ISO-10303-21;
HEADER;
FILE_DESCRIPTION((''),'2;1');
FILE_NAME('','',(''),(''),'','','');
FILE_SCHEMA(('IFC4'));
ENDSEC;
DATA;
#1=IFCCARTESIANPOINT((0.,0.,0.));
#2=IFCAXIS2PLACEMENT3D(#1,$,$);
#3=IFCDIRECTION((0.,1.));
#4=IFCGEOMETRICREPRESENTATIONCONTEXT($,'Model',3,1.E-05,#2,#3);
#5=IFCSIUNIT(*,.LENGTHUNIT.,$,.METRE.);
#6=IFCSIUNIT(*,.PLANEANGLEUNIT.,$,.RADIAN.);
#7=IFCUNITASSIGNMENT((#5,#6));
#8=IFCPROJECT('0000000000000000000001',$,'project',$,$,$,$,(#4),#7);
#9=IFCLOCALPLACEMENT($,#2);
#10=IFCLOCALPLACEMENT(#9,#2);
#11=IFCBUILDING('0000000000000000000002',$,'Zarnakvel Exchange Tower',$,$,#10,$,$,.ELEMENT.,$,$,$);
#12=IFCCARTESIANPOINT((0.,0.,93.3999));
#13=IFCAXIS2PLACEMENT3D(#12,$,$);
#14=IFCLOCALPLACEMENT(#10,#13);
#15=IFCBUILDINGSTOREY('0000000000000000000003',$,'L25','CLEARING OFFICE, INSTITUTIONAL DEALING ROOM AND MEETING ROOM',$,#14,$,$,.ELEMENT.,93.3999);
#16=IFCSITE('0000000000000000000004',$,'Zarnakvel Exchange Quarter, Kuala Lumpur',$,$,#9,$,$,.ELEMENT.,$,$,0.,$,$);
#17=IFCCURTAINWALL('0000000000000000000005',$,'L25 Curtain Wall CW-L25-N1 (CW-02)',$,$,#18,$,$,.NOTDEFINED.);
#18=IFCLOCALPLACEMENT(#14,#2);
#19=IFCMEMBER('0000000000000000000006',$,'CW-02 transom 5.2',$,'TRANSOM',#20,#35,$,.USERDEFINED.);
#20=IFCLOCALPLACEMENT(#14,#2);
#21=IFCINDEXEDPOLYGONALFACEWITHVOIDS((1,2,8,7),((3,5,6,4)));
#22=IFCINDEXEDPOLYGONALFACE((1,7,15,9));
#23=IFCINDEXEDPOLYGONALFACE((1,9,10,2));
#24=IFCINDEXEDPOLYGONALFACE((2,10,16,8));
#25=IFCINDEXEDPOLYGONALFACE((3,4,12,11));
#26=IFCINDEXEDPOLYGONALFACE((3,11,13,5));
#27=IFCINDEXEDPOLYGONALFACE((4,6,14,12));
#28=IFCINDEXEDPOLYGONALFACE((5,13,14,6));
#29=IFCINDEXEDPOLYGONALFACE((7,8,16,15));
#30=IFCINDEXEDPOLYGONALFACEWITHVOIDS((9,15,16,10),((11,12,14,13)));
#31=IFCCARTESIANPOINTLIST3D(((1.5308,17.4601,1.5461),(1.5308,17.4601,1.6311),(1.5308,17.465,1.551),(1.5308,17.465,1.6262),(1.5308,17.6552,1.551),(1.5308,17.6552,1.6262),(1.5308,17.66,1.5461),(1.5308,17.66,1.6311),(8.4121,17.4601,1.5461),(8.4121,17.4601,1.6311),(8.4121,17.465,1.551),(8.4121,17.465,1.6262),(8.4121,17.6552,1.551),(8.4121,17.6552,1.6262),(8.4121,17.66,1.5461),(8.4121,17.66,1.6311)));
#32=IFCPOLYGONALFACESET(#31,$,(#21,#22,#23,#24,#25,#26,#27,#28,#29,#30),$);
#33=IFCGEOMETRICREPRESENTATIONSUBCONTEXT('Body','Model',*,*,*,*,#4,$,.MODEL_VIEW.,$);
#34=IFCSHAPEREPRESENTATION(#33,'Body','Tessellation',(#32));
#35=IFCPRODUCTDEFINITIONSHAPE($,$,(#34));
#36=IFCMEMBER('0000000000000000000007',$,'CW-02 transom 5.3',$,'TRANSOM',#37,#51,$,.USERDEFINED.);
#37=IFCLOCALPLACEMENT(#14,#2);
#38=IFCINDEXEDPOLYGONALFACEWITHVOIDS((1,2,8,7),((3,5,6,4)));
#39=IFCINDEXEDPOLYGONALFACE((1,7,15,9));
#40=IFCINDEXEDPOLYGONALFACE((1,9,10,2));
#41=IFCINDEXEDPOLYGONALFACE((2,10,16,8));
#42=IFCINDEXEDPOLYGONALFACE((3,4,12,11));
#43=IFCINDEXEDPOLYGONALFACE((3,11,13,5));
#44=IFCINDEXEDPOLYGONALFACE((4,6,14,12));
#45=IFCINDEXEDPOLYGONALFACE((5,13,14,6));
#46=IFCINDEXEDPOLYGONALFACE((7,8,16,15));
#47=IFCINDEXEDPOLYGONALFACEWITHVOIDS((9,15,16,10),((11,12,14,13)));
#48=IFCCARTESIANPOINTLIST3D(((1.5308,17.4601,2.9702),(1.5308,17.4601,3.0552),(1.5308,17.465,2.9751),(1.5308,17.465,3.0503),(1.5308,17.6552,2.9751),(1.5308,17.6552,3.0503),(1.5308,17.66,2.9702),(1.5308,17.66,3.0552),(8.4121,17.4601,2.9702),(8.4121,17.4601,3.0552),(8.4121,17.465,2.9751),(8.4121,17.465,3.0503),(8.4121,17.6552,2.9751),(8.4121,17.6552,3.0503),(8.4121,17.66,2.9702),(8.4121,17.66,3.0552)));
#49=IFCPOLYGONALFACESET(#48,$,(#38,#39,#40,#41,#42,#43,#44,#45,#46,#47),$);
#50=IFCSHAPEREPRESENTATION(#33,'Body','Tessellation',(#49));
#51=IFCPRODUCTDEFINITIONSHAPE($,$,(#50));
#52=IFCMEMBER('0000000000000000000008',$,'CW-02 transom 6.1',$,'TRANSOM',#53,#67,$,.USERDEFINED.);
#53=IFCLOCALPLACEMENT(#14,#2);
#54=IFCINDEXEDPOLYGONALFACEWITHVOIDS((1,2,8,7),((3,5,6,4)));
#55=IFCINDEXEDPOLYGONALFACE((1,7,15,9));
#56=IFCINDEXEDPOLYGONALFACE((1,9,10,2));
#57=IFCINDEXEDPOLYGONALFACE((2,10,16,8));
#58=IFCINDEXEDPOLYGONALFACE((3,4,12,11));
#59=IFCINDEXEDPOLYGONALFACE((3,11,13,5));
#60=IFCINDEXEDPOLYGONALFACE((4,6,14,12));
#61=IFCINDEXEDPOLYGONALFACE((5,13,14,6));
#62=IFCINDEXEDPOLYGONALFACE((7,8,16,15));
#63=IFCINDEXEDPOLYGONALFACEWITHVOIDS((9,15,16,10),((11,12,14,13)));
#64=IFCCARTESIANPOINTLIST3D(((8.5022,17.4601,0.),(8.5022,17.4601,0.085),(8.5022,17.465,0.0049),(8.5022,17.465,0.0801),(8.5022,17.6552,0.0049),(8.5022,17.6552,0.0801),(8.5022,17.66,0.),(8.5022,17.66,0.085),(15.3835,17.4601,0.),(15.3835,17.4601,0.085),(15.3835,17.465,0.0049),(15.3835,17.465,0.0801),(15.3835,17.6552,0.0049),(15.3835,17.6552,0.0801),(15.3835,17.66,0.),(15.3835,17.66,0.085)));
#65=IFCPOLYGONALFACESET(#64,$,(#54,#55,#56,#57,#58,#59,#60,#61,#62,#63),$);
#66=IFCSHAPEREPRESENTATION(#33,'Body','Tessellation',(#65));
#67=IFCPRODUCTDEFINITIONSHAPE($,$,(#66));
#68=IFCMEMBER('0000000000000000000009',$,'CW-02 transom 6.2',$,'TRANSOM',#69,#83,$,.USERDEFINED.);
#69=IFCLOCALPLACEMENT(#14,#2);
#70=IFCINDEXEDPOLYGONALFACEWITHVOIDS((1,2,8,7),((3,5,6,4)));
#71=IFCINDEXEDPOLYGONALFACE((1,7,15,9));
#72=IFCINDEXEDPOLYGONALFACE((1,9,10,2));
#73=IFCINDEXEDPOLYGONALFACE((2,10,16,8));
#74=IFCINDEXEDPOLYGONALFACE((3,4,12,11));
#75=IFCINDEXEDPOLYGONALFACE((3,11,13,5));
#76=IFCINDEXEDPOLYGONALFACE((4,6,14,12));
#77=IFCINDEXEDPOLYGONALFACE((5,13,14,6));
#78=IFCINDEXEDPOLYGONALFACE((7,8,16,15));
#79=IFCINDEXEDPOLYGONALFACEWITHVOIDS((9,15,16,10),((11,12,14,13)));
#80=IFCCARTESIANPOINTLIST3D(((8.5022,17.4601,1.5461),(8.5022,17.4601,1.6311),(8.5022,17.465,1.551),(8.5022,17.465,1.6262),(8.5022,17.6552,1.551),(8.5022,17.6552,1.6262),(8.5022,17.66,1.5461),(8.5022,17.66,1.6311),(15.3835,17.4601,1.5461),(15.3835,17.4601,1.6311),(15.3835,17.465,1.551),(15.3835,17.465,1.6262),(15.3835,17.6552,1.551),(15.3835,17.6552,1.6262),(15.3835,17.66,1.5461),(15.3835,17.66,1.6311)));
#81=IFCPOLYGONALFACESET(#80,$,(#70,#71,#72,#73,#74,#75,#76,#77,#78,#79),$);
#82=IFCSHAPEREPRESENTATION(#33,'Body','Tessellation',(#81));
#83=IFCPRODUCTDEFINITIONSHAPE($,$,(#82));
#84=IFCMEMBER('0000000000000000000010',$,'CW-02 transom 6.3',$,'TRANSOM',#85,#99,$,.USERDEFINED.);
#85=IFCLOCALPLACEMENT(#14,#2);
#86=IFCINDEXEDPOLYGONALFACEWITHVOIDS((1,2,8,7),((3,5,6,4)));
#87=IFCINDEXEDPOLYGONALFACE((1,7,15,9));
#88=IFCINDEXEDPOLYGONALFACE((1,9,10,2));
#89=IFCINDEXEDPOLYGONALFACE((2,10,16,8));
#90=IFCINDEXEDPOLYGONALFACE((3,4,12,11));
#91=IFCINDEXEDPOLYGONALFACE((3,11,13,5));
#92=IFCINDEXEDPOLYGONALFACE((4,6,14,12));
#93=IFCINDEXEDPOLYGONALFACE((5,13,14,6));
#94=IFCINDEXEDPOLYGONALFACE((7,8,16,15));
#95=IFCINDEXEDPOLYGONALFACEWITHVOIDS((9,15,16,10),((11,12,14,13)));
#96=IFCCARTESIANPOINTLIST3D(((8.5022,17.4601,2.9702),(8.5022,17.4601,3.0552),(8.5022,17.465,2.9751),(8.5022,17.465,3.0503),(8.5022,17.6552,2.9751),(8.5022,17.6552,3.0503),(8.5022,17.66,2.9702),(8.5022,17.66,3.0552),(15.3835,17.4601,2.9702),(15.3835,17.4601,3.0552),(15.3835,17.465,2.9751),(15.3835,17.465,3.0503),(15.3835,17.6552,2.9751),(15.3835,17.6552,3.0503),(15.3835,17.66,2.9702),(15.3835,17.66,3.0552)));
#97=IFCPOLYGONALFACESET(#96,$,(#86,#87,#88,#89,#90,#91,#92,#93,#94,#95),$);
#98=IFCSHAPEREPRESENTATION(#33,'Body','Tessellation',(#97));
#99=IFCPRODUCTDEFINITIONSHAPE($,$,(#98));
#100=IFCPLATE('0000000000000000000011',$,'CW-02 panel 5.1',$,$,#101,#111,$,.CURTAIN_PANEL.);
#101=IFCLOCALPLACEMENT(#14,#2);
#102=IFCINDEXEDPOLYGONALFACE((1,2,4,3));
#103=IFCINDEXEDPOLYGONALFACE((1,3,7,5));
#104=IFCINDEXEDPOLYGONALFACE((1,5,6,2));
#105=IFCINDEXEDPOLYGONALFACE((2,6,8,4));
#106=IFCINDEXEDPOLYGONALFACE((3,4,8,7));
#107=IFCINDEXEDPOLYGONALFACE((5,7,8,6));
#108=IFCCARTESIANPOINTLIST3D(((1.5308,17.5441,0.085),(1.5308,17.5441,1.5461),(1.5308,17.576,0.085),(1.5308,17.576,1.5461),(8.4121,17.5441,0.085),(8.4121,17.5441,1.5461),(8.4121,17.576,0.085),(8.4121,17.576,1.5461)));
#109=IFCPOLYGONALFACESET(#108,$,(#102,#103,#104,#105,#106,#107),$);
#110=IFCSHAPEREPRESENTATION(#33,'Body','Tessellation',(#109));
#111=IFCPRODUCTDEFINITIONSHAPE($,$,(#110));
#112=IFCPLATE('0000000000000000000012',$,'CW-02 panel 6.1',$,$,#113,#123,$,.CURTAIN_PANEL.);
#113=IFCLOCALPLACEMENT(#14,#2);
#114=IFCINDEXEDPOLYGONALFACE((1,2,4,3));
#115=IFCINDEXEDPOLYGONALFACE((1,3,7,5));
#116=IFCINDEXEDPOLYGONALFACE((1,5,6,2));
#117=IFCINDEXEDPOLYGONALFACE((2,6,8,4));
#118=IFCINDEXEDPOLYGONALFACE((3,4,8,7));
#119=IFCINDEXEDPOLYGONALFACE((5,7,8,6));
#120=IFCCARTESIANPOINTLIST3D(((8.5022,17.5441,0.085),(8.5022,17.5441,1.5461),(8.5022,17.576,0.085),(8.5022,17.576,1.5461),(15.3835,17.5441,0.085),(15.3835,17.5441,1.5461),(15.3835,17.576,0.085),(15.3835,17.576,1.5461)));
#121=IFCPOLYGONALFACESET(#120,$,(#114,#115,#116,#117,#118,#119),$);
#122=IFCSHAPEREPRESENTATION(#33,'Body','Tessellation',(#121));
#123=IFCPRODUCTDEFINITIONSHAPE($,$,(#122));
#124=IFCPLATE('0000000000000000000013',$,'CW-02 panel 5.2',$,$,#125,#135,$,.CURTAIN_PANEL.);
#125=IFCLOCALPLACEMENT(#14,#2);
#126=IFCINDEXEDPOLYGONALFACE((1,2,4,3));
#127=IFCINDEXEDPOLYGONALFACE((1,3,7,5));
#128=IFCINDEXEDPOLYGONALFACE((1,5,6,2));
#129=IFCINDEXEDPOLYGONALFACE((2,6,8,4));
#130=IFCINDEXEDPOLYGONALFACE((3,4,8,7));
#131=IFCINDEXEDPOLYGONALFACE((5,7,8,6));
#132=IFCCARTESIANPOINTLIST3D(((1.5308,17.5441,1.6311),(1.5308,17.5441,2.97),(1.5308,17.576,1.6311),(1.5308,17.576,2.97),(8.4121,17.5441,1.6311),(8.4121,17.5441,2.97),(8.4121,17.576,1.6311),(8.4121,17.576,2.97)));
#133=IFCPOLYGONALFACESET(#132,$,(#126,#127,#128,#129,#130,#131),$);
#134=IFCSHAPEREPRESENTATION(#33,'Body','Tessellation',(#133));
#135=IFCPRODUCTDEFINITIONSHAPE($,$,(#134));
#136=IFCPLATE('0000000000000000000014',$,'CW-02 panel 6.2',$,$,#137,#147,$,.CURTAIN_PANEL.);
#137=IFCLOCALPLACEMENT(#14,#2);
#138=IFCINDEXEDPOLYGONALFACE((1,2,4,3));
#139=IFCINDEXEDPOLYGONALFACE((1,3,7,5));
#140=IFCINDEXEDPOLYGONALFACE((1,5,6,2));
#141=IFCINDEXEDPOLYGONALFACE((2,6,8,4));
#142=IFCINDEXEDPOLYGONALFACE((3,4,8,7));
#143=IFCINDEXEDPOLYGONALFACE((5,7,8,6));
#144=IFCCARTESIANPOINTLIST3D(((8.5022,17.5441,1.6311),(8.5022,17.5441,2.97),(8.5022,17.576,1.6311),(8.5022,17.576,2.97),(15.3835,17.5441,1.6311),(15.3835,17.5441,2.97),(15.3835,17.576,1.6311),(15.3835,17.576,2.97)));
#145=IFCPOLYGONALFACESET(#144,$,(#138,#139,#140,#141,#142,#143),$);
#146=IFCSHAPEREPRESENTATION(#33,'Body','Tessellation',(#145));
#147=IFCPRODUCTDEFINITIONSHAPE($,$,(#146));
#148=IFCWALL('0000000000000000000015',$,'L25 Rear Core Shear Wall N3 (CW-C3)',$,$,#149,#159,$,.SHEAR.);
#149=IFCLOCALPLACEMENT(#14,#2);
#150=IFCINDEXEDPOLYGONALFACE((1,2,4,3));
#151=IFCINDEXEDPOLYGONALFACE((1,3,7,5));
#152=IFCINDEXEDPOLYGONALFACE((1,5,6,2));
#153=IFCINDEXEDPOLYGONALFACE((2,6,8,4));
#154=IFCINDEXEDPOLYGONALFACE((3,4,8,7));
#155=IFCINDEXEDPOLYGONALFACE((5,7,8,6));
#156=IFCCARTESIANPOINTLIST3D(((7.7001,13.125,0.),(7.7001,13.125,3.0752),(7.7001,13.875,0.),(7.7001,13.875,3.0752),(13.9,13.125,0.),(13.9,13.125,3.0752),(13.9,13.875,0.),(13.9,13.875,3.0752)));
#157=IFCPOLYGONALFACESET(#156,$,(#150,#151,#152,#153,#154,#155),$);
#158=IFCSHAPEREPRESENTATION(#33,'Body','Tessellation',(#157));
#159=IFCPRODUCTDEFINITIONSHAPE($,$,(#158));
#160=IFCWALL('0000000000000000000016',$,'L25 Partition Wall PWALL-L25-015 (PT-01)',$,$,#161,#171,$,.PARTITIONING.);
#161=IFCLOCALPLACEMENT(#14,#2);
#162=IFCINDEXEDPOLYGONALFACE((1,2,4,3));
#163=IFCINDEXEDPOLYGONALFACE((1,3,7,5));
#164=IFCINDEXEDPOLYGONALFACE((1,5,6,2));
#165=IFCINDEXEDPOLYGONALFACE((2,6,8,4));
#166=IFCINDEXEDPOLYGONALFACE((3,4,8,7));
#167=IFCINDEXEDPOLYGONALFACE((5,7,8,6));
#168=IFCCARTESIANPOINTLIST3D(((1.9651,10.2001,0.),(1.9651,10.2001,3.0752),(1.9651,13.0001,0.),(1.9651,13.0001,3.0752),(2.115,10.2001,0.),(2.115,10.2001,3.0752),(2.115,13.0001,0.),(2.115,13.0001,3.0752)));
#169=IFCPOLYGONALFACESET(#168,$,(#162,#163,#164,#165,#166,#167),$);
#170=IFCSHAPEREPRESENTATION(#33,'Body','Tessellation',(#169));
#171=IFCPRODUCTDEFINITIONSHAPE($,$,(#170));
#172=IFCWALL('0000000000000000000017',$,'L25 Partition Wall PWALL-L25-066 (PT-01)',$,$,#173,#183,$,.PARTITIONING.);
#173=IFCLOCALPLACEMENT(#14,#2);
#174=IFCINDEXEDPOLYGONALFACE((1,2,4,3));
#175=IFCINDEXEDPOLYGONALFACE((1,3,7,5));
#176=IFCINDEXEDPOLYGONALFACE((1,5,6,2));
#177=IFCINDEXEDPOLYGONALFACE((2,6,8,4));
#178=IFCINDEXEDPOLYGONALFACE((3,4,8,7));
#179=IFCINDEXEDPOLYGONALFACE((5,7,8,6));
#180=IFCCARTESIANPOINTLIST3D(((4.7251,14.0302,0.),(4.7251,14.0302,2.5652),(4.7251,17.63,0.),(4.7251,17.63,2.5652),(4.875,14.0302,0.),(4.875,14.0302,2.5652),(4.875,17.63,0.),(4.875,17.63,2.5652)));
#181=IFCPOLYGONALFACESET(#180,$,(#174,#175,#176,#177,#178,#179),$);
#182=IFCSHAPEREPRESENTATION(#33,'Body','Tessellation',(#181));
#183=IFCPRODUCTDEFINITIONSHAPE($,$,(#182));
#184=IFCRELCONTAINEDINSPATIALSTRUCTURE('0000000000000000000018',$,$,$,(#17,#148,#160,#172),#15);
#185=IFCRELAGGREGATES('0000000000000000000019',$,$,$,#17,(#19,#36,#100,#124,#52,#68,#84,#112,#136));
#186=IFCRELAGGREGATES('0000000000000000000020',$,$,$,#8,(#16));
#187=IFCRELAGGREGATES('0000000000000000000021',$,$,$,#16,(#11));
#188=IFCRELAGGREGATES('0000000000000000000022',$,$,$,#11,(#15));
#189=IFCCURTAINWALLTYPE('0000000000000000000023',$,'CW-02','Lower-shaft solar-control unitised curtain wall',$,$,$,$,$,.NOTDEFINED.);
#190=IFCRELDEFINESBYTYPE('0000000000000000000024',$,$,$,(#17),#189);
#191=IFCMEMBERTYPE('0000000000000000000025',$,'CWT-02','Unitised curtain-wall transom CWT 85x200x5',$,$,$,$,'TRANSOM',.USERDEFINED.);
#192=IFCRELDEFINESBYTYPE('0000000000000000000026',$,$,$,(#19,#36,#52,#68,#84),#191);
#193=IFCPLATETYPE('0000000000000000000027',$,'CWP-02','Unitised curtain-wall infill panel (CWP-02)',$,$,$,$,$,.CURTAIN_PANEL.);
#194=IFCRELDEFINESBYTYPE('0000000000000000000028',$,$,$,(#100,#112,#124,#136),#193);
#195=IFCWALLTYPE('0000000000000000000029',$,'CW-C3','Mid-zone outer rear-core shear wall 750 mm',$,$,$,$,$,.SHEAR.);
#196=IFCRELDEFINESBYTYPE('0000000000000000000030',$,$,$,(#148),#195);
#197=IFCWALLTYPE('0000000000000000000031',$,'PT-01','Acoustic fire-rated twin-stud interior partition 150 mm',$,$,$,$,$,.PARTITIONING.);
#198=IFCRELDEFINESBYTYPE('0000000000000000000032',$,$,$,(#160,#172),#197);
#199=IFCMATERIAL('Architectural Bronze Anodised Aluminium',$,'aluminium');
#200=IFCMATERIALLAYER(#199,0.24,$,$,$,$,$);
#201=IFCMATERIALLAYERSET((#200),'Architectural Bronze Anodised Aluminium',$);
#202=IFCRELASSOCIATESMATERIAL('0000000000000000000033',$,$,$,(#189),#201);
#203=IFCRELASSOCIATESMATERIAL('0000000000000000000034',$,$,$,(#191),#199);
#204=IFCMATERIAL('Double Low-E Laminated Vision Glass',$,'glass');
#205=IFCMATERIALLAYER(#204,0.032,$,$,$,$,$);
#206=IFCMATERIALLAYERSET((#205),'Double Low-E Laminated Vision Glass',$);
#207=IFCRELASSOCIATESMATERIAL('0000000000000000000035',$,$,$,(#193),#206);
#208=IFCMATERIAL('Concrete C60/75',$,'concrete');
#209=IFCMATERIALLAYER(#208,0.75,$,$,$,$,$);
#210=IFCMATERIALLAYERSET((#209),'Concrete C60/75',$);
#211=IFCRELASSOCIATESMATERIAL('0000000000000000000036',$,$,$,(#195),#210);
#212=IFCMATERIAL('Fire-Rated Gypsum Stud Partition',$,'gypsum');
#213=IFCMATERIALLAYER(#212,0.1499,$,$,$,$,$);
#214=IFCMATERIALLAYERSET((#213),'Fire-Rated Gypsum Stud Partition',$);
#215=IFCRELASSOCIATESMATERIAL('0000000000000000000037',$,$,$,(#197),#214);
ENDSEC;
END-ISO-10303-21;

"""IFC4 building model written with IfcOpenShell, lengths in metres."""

from ifc_helpers import new_model, si_unit, direction, frame, frame_2d, origin, origin_2d, place, context, subcontext, project, spatial, rectangle, hollow_rectangle, extrude, source, transform, mapped, material, layer, layer_set, material_profile, profile_set, type_object, element, aggregate, save


model = new_model("IFC4")

# Units and contexts
model_context = context("Model", 3, precision=1e-05, world=origin(), true_north=direction((0.0, 1.0)))
body_context = subcontext(model_context, "Body", "Model", "MODEL_VIEW")
ifc_project = project(units=[si_unit("LENGTHUNIT", "METRE"), si_unit("PLANEANGLEUNIT", "RADIAN")], contexts=[model_context])

# Site, building, storey
site_placement = place(None, origin())
site = spatial("IfcSite", under=ifc_project, at=site_placement, Name="Zarnakvel Exchange Quarter, Kuala Lumpur", CompositionType="ELEMENT", RefElevation=0.0)
building_placement = place(site_placement, origin())
building = spatial("IfcBuilding", under=site, at=building_placement, Name="Zarnakvel Exchange Tower", CompositionType="ELEMENT")
storey_placement = place(building_placement, frame((0.0, 0.0, 93.3999)))
storey = spatial("IfcBuildingStorey", under=building, at=storey_placement, Name="L25", Description="CLEARING OFFICE, INSTITUTIONAL DEALING ROOM AND MEETING ROOM", CompositionType="ELEMENT", Elevation=93.3999)

# Shared definitions
ifc_material_1 = material(Name="Concrete C60/75", Category="concrete")

# Curtain wall, members, plates
ifc_material_2 = material(Name="Architectural Bronze Anodised Aluminium", Category="aluminium")
ifc_layer_1 = layer(ifc_material_2, 0.24)
ifc_layer_set_1 = layer_set([ifc_layer_1], Name="Architectural Bronze Anodised Aluminium")
curtain_wall_type = type_object("IfcCurtainWallType", Name="CW-02", Description="Lower-shaft solar-control unitised curtain wall", PredefinedType="NOTDEFINED", material=ifc_layer_set_1)
curtain_wall_placement = place(storey_placement, origin())
curtain_wall = element("IfcCurtainWall", 1, at=curtain_wall_placement, inside=storey, type_object=curtain_wall_type, Name="L25 Curtain Wall CW-L25-N1 (CW-02)", PredefinedType="NOTDEFINED")
ifc_material_profile_1 = material_profile(ifc_material_2, hollow_rectangle(XDim=0.2, YDim=0.085, WallThickness=0.0049, at=origin_2d()))
ifc_profile_set_1 = profile_set([ifc_material_profile_1], Name="Architectural Bronze Anodised Aluminium")
member_type_1 = type_object("IfcMemberType", Name="CWT-02", Description="Unitised curtain-wall transom CWT 85x200x5", ElementType="TRANSOM", PredefinedType="USERDEFINED", material=ifc_profile_set_1)
shared_shape_1 = source(origin(), body_context, "Body", "SweptSolid", [
    extrude(hollow_rectangle(XDim=0.2, YDim=0.085, WallThickness=0.0049, at=origin_2d()), origin(), (0.0, 0.0, 1.0), 6.8813),
])
member_1_placement = place(storey_placement, frame((1.5308, 17.5601, 1.5886), z_axis=(1.0, 0.0, 0.0), x_axis=(0.0, 1.0, 0.0)))
member_1 = element("IfcMember", 2, at=member_1_placement, type_object=member_type_1, Name="CW-02 transom 5.2", ObjectType="TRANSOM", PredefinedType="USERDEFINED", context=body_context, shape_type="MappedRepresentation", body=[
    mapped(shared_shape_1, transform((0.0, 0.0, 0.0), x_axis=(1.0, 0.0, 0.0), y_axis=(0.0, 1.0, 0.0), z_axis=(0.0, 0.0, 1.0), scale=1.0)),
])
member_2_placement = place(storey_placement, frame((1.5308, 17.5601, 3.0127), z_axis=(1.0, 0.0, 0.0), x_axis=(0.0, 1.0, 0.0)))
member_2 = element("IfcMember", 3, at=member_2_placement, type_object=member_type_1, Name="CW-02 transom 5.3", ObjectType="TRANSOM", PredefinedType="USERDEFINED", context=body_context, shape_type="MappedRepresentation", body=[
    mapped(shared_shape_1, transform((0.0, 0.0, 0.0), x_axis=(1.0, 0.0, 0.0), y_axis=(0.0, 1.0, 0.0), z_axis=(0.0, 0.0, 1.0), scale=1.0)),
])
member_3_placement = place(storey_placement, frame((8.5022, 17.5601, 0.0425), z_axis=(1.0, 0.0, 0.0), x_axis=(0.0, 1.0, 0.0)))
member_3 = element("IfcMember", 4, at=member_3_placement, type_object=member_type_1, Name="CW-02 transom 6.1", ObjectType="TRANSOM", PredefinedType="USERDEFINED", context=body_context, shape_type="MappedRepresentation", body=[
    mapped(shared_shape_1, transform((0.0, 0.0, 0.0), x_axis=(1.0, 0.0, 0.0), y_axis=(0.0, 1.0, 0.0), z_axis=(0.0, 0.0, 1.0), scale=1.0)),
])
member_4_placement = place(storey_placement, frame((8.5022, 17.5601, 1.5886), z_axis=(1.0, 0.0, 0.0), x_axis=(0.0, 1.0, 0.0)))
member_4 = element("IfcMember", 5, at=member_4_placement, type_object=member_type_1, Name="CW-02 transom 6.2", ObjectType="TRANSOM", PredefinedType="USERDEFINED", context=body_context, shape_type="MappedRepresentation", body=[
    mapped(shared_shape_1, transform((0.0, 0.0, 0.0), x_axis=(1.0, 0.0, 0.0), y_axis=(0.0, 1.0, 0.0), z_axis=(0.0, 0.0, 1.0), scale=1.0)),
])
member_5_placement = place(storey_placement, frame((8.5022, 17.5601, 3.0127), z_axis=(1.0, 0.0, 0.0), x_axis=(0.0, 1.0, 0.0)))
member_5 = element("IfcMember", 6, at=member_5_placement, type_object=member_type_1, Name="CW-02 transom 6.3", ObjectType="TRANSOM", PredefinedType="USERDEFINED", context=body_context, shape_type="MappedRepresentation", body=[
    mapped(shared_shape_1, transform((0.0, 0.0, 0.0), x_axis=(1.0, 0.0, 0.0), y_axis=(0.0, 1.0, 0.0), z_axis=(0.0, 0.0, 1.0), scale=1.0)),
])
ifc_material_3 = material(Name="Double Low-E Laminated Vision Glass", Category="glass")
ifc_layer_2 = layer(ifc_material_3, 0.032)
ifc_layer_set_2 = layer_set([ifc_layer_2], Name="Double Low-E Laminated Vision Glass")
plate_type = type_object("IfcPlateType", Name="CWP-02", Description="Unitised curtain-wall infill panel (CWP-02)", PredefinedType="CURTAIN_PANEL", material=ifc_layer_set_2)
shared_shape_2 = source(origin(), body_context, "Body", "SweptSolid", [
    extrude(rectangle(XDim=6.8813, YDim=0.032, at=origin_2d()), origin(), (0.0, 0.0, 1.0), 1.4612),
])
plate_1_placement = place(storey_placement, frame((4.9714, 17.5601, 0.085), z_axis=(0.0, 0.0, 1.0), x_axis=(1.0, 0.0, 0.0)))
plate_1 = element("IfcPlate", 7, at=plate_1_placement, type_object=plate_type, Name="CW-02 panel 5.1", PredefinedType="CURTAIN_PANEL", context=body_context, shape_type="MappedRepresentation", body=[
    mapped(shared_shape_2, transform((0.0, 0.0, 0.0), x_axis=(1.0, 0.0, 0.0), y_axis=(0.0, 1.0, 0.0), z_axis=(0.0, 0.0, 1.0), scale=1.0)),
])
plate_2_placement = place(storey_placement, frame((11.9429, 17.5601, 0.085), z_axis=(0.0, 0.0, 1.0), x_axis=(1.0, 0.0, 0.0)))
plate_2 = element("IfcPlate", 8, at=plate_2_placement, type_object=plate_type, Name="CW-02 panel 6.1", PredefinedType="CURTAIN_PANEL", context=body_context, shape_type="MappedRepresentation", body=[
    mapped(shared_shape_2, transform((0.0, 0.0, 0.0), x_axis=(1.0, 0.0, 0.0), y_axis=(0.0, 1.0, 0.0), z_axis=(0.0, 0.0, 1.0), scale=1.0)),
])
shared_shape_3 = source(origin(), body_context, "Body", "SweptSolid", [
    extrude(rectangle(XDim=6.8813, YDim=0.032, at=origin_2d()), origin(), (0.0, 0.0, 1.0), 1.3389),
])
plate_3_placement = place(storey_placement, frame((4.9714, 17.5601, 1.6311), z_axis=(0.0, 0.0, 1.0), x_axis=(1.0, 0.0, 0.0)))
plate_3 = element("IfcPlate", 9, at=plate_3_placement, type_object=plate_type, Name="CW-02 panel 5.2", PredefinedType="CURTAIN_PANEL", context=body_context, shape_type="MappedRepresentation", body=[
    mapped(shared_shape_3, transform((0.0, 0.0, 0.0), x_axis=(1.0, 0.0, 0.0), y_axis=(0.0, 1.0, 0.0), z_axis=(0.0, 0.0, 1.0), scale=1.0)),
])
plate_4_placement = place(storey_placement, frame((11.9429, 17.5601, 1.6311), z_axis=(0.0, 0.0, 1.0), x_axis=(1.0, 0.0, 0.0)))
plate_4 = element("IfcPlate", 10, at=plate_4_placement, type_object=plate_type, Name="CW-02 panel 6.2", PredefinedType="CURTAIN_PANEL", context=body_context, shape_type="MappedRepresentation", body=[
    mapped(shared_shape_3, transform((0.0, 0.0, 0.0), x_axis=(1.0, 0.0, 0.0), y_axis=(0.0, 1.0, 0.0), z_axis=(0.0, 0.0, 1.0), scale=1.0)),
])
aggregate(curtain_wall, [member_1, member_2, plate_1, plate_3, member_3, member_4, member_5, plate_2, plate_4])

# Wall
ifc_layer_3 = layer(ifc_material_1, 0.75)
ifc_layer_set_3 = layer_set([ifc_layer_3], Name="Concrete C60/75")
wall_type_1 = type_object("IfcWallType", Name="CW-C3", Description="Mid-zone outer rear-core shear wall 750 mm", PredefinedType="SHEAR", material=ifc_layer_set_3)
wall_1_placement = place(storey_placement, frame((7.7, 13.5, 0.0), z_axis=(0.0, 0.0, 1.0), x_axis=(1.0, 0.0, 0.0)))
element("IfcWall", 11, at=wall_1_placement, inside=storey, type_object=wall_type_1, Name="L25 Rear Core Shear Wall N3 (CW-C3)", PredefinedType="SHEAR", context=body_context, shape_type="SweptSolid", body=[
    extrude(rectangle(XDim=6.2, YDim=0.75, at=frame_2d((3.1001, 0.0))), origin(), (0.0, 0.0, 1.0), 3.0752),
])

# Shared definitions
ifc_material_4 = material(Name="Fire-Rated Gypsum Stud Partition", Category="gypsum")
ifc_layer_4 = layer(ifc_material_4, 0.1499)
ifc_layer_set_4 = layer_set([ifc_layer_4], Name="Fire-Rated Gypsum Stud Partition")
wall_type_2 = type_object("IfcWallType", Name="PT-01", Description="Acoustic fire-rated twin-stud interior partition 150 mm", PredefinedType="PARTITIONING", material=ifc_layer_set_4)

# Walls
wall_2_placement = place(storey_placement, frame((2.04, 13.0, 0.0), z_axis=(0.0, 0.0, 1.0), x_axis=(0.0, -1.0, 0.0)))
element("IfcWall", 12, at=wall_2_placement, inside=storey, type_object=wall_type_2, Name="L25 Partition Wall PWALL-L25-015 (PT-01)", PredefinedType="PARTITIONING", context=body_context, shape_type="SweptSolid", body=[
    extrude(rectangle(XDim=2.8, YDim=0.1499, at=frame_2d((1.3999, 0.0))), origin(), (0.0, 0.0, 1.0), 3.0752),
])
wall_3_placement = place(storey_placement, frame((4.8, 17.6299, 0.0), z_axis=(0.0, 0.0, 1.0), x_axis=(0.0, -1.0, 0.0)))
element("IfcWall", 13, at=wall_3_placement, inside=storey, type_object=wall_type_2, Name="L25 Partition Wall PWALL-L25-066 (PT-01)", PredefinedType="PARTITIONING", context=body_context, shape_type="SweptSolid", body=[
    extrude(rectangle(XDim=3.5999, YDim=0.1499, at=frame_2d((1.7998, 0.0))), origin(), (0.0, 0.0, 1.0), 2.5652),
])

save(model, "model.ifc")
